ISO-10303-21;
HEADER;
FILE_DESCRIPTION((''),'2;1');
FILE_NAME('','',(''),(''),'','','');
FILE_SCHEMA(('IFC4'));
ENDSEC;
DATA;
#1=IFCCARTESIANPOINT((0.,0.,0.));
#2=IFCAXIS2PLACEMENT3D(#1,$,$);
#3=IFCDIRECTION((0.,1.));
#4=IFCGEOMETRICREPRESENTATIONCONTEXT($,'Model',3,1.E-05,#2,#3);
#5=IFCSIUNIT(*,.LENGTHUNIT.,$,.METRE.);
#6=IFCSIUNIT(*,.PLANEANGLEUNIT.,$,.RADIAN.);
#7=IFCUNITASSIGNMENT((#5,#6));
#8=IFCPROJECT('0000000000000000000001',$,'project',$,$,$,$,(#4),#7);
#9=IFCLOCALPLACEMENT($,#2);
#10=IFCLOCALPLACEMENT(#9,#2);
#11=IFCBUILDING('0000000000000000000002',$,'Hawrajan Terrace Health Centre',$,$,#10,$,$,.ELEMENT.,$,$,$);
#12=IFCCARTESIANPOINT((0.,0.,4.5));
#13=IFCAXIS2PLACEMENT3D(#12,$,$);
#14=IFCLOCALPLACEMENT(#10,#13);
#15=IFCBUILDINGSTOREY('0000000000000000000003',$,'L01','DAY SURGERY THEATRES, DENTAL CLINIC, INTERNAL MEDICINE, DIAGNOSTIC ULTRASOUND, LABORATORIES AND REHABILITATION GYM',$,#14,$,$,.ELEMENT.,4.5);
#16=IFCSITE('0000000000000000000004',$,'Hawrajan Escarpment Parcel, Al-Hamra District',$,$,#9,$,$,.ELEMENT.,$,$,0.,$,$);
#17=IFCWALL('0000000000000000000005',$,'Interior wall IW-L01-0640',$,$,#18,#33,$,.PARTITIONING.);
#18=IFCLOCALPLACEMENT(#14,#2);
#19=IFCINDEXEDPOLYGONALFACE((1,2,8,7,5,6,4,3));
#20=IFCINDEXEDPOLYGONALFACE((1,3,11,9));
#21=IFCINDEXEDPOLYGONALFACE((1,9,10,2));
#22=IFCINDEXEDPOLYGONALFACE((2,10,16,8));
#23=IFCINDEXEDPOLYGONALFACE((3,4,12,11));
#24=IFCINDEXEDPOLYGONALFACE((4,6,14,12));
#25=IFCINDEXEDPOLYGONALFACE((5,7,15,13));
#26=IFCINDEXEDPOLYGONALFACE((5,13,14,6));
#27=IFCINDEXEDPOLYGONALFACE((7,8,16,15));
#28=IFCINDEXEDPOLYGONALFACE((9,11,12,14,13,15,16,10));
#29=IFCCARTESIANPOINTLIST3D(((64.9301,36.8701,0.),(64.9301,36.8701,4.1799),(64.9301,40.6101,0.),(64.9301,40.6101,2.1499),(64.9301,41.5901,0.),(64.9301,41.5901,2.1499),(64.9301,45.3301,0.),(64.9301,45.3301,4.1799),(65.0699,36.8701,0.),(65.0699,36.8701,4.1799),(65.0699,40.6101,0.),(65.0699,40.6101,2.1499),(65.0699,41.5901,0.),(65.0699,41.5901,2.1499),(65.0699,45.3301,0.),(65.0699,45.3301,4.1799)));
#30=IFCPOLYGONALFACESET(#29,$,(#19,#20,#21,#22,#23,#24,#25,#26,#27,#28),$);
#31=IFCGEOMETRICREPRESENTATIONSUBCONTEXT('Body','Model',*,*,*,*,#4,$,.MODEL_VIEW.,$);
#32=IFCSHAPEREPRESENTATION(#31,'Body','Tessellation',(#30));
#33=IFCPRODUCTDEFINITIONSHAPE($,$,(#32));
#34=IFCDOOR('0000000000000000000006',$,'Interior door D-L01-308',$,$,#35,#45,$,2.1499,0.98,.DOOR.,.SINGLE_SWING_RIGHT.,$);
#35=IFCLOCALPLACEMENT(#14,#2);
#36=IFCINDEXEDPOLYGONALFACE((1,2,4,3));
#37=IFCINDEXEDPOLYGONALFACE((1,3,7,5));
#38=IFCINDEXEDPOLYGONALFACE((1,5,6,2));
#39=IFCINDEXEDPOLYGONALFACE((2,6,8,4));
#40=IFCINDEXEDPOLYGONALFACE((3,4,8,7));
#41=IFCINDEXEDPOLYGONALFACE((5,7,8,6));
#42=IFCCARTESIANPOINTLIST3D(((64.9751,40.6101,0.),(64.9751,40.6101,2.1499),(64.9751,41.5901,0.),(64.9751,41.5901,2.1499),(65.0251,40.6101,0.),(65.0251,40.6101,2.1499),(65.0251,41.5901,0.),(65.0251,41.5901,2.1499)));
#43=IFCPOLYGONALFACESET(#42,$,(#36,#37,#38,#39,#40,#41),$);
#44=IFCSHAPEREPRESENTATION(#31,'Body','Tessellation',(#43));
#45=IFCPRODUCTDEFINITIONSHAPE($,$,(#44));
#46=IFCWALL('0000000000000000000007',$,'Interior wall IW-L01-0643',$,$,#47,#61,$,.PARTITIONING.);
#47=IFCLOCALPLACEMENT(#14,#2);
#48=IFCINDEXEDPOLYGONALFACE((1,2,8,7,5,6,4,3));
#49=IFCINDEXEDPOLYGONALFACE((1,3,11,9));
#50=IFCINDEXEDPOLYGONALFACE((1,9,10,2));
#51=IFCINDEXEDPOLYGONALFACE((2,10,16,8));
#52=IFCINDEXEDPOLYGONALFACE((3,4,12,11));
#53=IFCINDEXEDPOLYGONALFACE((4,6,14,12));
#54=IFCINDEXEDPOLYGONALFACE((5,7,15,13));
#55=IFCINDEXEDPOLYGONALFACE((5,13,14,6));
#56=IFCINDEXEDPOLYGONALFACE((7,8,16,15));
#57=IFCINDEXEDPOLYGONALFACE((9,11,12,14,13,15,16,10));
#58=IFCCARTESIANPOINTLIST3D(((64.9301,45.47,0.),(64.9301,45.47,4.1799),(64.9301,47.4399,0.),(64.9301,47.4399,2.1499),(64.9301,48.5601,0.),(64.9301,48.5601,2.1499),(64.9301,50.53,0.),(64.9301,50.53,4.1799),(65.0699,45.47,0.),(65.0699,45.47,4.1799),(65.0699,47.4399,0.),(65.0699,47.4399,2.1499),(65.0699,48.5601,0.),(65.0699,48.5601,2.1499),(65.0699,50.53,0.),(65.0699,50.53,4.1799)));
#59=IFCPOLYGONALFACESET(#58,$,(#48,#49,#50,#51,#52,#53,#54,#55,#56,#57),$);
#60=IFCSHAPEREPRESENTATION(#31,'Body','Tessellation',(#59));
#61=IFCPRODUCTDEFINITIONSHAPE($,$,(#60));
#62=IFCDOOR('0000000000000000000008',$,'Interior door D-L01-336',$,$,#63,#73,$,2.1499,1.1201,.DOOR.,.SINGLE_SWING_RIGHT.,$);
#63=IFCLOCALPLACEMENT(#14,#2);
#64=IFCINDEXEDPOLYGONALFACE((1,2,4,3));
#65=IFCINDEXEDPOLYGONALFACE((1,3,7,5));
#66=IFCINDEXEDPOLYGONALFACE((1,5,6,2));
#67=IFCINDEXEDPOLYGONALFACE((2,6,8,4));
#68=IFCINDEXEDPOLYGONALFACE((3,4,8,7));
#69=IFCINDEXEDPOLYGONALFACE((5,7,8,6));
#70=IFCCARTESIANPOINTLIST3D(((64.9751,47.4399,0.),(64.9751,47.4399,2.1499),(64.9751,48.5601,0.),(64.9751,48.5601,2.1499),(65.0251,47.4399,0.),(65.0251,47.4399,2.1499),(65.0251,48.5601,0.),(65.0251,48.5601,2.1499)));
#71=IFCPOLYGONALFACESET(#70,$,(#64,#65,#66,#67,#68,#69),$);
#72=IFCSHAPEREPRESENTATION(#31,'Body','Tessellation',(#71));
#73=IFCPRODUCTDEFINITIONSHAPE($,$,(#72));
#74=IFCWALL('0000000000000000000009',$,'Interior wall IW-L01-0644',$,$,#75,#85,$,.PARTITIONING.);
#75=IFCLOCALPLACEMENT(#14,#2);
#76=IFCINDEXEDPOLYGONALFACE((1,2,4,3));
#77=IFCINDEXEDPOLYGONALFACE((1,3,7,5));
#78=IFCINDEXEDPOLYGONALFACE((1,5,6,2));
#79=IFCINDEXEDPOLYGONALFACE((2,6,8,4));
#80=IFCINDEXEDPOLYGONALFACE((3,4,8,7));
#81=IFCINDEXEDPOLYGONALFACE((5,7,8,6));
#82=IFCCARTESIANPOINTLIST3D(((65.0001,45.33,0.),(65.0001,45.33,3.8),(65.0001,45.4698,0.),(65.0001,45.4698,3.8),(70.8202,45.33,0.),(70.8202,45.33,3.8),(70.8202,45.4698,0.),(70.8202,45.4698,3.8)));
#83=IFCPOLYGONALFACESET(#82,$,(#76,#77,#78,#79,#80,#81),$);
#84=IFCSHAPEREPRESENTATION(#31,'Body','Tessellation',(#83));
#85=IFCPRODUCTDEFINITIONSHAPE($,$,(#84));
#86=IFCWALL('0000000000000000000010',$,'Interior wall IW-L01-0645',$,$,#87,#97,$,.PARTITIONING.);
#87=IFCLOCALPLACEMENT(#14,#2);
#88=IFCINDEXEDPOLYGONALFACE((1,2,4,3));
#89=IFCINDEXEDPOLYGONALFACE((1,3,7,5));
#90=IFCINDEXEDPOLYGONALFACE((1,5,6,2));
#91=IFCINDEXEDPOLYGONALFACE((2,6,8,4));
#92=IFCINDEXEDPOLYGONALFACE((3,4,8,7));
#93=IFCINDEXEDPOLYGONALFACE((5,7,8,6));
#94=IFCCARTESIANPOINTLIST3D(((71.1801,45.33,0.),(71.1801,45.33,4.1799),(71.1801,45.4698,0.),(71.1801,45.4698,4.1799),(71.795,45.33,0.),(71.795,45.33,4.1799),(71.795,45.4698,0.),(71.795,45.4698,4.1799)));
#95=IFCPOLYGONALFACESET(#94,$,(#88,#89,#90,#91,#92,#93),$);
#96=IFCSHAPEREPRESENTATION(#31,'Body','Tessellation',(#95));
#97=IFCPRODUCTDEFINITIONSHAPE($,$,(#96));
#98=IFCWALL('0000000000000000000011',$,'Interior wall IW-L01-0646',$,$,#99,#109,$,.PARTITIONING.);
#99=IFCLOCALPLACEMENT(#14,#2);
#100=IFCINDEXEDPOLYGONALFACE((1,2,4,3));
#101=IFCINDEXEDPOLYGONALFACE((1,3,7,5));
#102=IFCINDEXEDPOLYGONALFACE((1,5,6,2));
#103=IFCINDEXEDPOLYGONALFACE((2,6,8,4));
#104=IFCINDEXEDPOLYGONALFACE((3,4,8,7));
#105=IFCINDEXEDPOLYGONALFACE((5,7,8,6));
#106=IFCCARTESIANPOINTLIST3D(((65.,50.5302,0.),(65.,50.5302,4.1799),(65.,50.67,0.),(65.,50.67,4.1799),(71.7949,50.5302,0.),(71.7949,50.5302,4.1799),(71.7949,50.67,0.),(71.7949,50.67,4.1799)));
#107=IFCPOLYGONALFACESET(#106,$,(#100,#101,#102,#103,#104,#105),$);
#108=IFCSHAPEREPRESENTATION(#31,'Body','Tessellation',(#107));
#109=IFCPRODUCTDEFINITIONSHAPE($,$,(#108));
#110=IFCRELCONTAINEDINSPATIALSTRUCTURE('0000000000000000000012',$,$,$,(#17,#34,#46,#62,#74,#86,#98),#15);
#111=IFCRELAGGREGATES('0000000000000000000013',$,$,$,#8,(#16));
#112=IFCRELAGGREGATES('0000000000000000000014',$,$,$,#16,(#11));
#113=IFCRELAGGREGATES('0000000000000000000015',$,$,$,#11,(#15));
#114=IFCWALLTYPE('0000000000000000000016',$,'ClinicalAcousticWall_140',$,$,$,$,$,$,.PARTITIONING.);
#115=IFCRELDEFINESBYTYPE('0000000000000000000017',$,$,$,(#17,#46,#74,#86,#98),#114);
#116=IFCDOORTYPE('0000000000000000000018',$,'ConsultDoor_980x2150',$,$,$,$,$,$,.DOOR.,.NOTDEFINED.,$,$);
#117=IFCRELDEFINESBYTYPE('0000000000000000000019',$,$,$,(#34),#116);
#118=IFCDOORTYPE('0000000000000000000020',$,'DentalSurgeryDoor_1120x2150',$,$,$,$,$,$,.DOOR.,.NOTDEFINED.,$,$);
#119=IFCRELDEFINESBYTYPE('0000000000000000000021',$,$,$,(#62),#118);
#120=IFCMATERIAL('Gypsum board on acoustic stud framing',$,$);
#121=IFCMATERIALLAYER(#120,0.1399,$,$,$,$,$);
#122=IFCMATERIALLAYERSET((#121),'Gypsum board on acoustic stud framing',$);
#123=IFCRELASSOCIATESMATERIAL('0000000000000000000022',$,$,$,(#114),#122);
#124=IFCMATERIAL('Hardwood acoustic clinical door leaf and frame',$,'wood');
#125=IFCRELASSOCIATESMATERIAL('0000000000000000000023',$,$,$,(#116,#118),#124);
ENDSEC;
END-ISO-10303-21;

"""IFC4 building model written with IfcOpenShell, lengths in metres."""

from ifc_helpers import new_model, si_unit, direction, frame, frame_2d, origin, place, context, subcontext, project, spatial, rectangle, extrude, material, layer, layer_set, type_object, element, fill, save


model = new_model("IFC4")

# Units and contexts
model_context = context("Model", 3, precision=1e-05, world=origin(), true_north=direction((0.0, 1.0)))
body_context = subcontext(model_context, "Body", "Model", "MODEL_VIEW")
ifc_project = project(units=[si_unit("LENGTHUNIT", "METRE"), si_unit("PLANEANGLEUNIT", "RADIAN")], contexts=[model_context])

# Site, building, storey
site_placement = place(None, origin())
site = spatial("IfcSite", under=ifc_project, at=site_placement, Name="Hawrajan Escarpment Parcel, Al-Hamra District", CompositionType="ELEMENT", RefElevation=0.0)
building_placement = place(site_placement, origin())
building = spatial("IfcBuilding", under=site, at=building_placement, Name="Hawrajan Terrace Health Centre", CompositionType="ELEMENT")
storey_placement = place(building_placement, frame((0.0, 0.0, 4.5)))
storey = spatial("IfcBuildingStorey", under=building, at=storey_placement, Name="L01", Description="DAY SURGERY THEATRES, DENTAL CLINIC, INTERNAL MEDICINE, DIAGNOSTIC ULTRASOUND, LABORATORIES AND REHABILITATION GYM", CompositionType="ELEMENT", Elevation=4.5)

# Walls, openings, doors
ifc_material_1 = material(Name="Gypsum board on acoustic stud framing")
ifc_layer_1 = layer(ifc_material_1, 0.1399)
ifc_layer_set_1 = layer_set([ifc_layer_1], Name="Gypsum board on acoustic stud framing")
wall_type = type_object("IfcWallType", Name="ClinicalAcousticWall_140", PredefinedType="PARTITIONING", material=ifc_layer_set_1)
wall_1_placement = place(storey_placement, frame((65.0, 36.8701, 0.0), z_axis=(0.0, 0.0, 1.0), x_axis=(0.0, 1.0, 0.0)))
wall_1 = element("IfcWall", 1, at=wall_1_placement, inside=storey, type_object=wall_type, Name="Interior wall IW-L01-0640", PredefinedType="PARTITIONING", context=body_context, shape_type="SweptSolid", body=[
    extrude(rectangle(XDim=8.46, YDim=0.1399, at=frame_2d((4.23, 0.0))), origin(), (0.0, 0.0, 1.0), 4.1799),
])
opening_1_placement = place(wall_1_placement, frame((3.74, 0.0, 0.0)))
opening_1 = element("IfcOpeningElement", 2, at=opening_1_placement, cuts=wall_1, PredefinedType="OPENING", context=body_context, shape_type="SweptSolid", body=[
    extrude(rectangle(XDim=0.98, YDim=2.1499, at=frame_2d((0.49, 1.075))), frame((0.0, 0.0798, 0.0), z_axis=(0.0, -1.0, 0.0), x_axis=(1.0, 0.0, 0.0)), (0.0, 0.0, 1.0), 0.1599),
])
ifc_material_2 = material(Name="Hardwood acoustic clinical door leaf and frame", Category="wood")
door_type_1 = type_object("IfcDoorType", Name="ConsultDoor_980x2150", OperationType="NOTDEFINED", PredefinedType="DOOR", material=ifc_material_2)
door_1_placement = place(opening_1_placement, origin())
door_1 = element("IfcDoor", 3, at=door_1_placement, inside=storey, type_object=door_type_1, Name="Interior door D-L01-308", OperationType="SINGLE_SWING_RIGHT", OverallHeight=2.1499, OverallWidth=0.98, PredefinedType="DOOR", context=body_context, shape_type="SweptSolid", body=[
    extrude(rectangle(XDim=0.98, YDim=2.1499, at=frame_2d((0.49, 1.075))), frame((0.0, 0.0249, 0.0), z_axis=(0.0, -1.0, 0.0), x_axis=(1.0, 0.0, 0.0)), (0.0, 0.0, 1.0), 0.05),
])
fill(opening_1, door_1)
wall_2_placement = place(storey_placement, frame((65.0, 45.47, 0.0), z_axis=(0.0, 0.0, 1.0), x_axis=(0.0, 1.0, 0.0)))
wall_2 = element("IfcWall", 4, at=wall_2_placement, inside=storey, type_object=wall_type, Name="Interior wall IW-L01-0643", PredefinedType="PARTITIONING", context=body_context, shape_type="SweptSolid", body=[
    extrude(rectangle(XDim=5.0601, YDim=0.1399, at=frame_2d((2.53, 0.0))), origin(), (0.0, 0.0, 1.0), 4.1799),
])
opening_2_placement = place(wall_2_placement, frame((1.97, 0.0, 0.0)))
opening_2 = element("IfcOpeningElement", 5, at=opening_2_placement, cuts=wall_2, PredefinedType="OPENING", context=body_context, shape_type="SweptSolid", body=[
    extrude(rectangle(XDim=1.1201, YDim=2.1499, at=frame_2d((0.5601, 1.075))), frame((0.0, 0.0798, 0.0), z_axis=(0.0, -1.0, 0.0), x_axis=(1.0, 0.0, 0.0)), (0.0, 0.0, 1.0), 0.1599),
])
door_type_2 = type_object("IfcDoorType", Name="DentalSurgeryDoor_1120x2150", OperationType="NOTDEFINED", PredefinedType="DOOR", material=ifc_material_2)
door_2_placement = place(opening_2_placement, origin())
door_2 = element("IfcDoor", 6, at=door_2_placement, inside=storey, type_object=door_type_2, Name="Interior door D-L01-336", OperationType="SINGLE_SWING_RIGHT", OverallHeight=2.1499, OverallWidth=1.1201, PredefinedType="DOOR", context=body_context, shape_type="SweptSolid", body=[
    extrude(rectangle(XDim=1.1201, YDim=2.1499, at=frame_2d((0.5601, 1.075))), frame((0.0, 0.0249, 0.0), z_axis=(0.0, -1.0, 0.0), x_axis=(1.0, 0.0, 0.0)), (0.0, 0.0, 1.0), 0.05),
])
fill(opening_2, door_2)

# Walls
wall_3_placement = place(storey_placement, frame((65.0, 45.3999, 0.0), z_axis=(0.0, 0.0, 1.0), x_axis=(1.0, 0.0, 0.0)))
element("IfcWall", 7, at=wall_3_placement, inside=storey, type_object=wall_type, Name="Interior wall IW-L01-0644", PredefinedType="PARTITIONING", context=body_context, shape_type="SweptSolid", body=[
    extrude(rectangle(XDim=5.8201, YDim=0.1399, at=frame_2d((2.9102, 0.0))), origin(), (0.0, 0.0, 1.0), 3.8),
])
wall_4_placement = place(storey_placement, frame((71.1799, 45.3999, 0.0), z_axis=(0.0, 0.0, 1.0), x_axis=(1.0, 0.0, 0.0)))
element("IfcWall", 8, at=wall_4_placement, inside=storey, type_object=wall_type, Name="Interior wall IW-L01-0645", PredefinedType="PARTITIONING", context=body_context, shape_type="SweptSolid", body=[
    extrude(rectangle(XDim=0.615, YDim=0.1399, at=frame_2d((0.3076, 0.0))), origin(), (0.0, 0.0, 1.0), 4.1799),
])
wall_5_placement = place(storey_placement, frame((65.0, 50.6001, 0.0), z_axis=(0.0, 0.0, 1.0), x_axis=(1.0, 0.0, 0.0)))
element("IfcWall", 9, at=wall_5_placement, inside=storey, type_object=wall_type, Name="Interior wall IW-L01-0646", PredefinedType="PARTITIONING", context=body_context, shape_type="SweptSolid", body=[
    extrude(rectangle(XDim=6.7949, YDim=0.1399, at=frame_2d((3.3975, 0.0))), origin(), (0.0, 0.0, 1.0), 4.1799),
])

save(model, "model.ifc")
